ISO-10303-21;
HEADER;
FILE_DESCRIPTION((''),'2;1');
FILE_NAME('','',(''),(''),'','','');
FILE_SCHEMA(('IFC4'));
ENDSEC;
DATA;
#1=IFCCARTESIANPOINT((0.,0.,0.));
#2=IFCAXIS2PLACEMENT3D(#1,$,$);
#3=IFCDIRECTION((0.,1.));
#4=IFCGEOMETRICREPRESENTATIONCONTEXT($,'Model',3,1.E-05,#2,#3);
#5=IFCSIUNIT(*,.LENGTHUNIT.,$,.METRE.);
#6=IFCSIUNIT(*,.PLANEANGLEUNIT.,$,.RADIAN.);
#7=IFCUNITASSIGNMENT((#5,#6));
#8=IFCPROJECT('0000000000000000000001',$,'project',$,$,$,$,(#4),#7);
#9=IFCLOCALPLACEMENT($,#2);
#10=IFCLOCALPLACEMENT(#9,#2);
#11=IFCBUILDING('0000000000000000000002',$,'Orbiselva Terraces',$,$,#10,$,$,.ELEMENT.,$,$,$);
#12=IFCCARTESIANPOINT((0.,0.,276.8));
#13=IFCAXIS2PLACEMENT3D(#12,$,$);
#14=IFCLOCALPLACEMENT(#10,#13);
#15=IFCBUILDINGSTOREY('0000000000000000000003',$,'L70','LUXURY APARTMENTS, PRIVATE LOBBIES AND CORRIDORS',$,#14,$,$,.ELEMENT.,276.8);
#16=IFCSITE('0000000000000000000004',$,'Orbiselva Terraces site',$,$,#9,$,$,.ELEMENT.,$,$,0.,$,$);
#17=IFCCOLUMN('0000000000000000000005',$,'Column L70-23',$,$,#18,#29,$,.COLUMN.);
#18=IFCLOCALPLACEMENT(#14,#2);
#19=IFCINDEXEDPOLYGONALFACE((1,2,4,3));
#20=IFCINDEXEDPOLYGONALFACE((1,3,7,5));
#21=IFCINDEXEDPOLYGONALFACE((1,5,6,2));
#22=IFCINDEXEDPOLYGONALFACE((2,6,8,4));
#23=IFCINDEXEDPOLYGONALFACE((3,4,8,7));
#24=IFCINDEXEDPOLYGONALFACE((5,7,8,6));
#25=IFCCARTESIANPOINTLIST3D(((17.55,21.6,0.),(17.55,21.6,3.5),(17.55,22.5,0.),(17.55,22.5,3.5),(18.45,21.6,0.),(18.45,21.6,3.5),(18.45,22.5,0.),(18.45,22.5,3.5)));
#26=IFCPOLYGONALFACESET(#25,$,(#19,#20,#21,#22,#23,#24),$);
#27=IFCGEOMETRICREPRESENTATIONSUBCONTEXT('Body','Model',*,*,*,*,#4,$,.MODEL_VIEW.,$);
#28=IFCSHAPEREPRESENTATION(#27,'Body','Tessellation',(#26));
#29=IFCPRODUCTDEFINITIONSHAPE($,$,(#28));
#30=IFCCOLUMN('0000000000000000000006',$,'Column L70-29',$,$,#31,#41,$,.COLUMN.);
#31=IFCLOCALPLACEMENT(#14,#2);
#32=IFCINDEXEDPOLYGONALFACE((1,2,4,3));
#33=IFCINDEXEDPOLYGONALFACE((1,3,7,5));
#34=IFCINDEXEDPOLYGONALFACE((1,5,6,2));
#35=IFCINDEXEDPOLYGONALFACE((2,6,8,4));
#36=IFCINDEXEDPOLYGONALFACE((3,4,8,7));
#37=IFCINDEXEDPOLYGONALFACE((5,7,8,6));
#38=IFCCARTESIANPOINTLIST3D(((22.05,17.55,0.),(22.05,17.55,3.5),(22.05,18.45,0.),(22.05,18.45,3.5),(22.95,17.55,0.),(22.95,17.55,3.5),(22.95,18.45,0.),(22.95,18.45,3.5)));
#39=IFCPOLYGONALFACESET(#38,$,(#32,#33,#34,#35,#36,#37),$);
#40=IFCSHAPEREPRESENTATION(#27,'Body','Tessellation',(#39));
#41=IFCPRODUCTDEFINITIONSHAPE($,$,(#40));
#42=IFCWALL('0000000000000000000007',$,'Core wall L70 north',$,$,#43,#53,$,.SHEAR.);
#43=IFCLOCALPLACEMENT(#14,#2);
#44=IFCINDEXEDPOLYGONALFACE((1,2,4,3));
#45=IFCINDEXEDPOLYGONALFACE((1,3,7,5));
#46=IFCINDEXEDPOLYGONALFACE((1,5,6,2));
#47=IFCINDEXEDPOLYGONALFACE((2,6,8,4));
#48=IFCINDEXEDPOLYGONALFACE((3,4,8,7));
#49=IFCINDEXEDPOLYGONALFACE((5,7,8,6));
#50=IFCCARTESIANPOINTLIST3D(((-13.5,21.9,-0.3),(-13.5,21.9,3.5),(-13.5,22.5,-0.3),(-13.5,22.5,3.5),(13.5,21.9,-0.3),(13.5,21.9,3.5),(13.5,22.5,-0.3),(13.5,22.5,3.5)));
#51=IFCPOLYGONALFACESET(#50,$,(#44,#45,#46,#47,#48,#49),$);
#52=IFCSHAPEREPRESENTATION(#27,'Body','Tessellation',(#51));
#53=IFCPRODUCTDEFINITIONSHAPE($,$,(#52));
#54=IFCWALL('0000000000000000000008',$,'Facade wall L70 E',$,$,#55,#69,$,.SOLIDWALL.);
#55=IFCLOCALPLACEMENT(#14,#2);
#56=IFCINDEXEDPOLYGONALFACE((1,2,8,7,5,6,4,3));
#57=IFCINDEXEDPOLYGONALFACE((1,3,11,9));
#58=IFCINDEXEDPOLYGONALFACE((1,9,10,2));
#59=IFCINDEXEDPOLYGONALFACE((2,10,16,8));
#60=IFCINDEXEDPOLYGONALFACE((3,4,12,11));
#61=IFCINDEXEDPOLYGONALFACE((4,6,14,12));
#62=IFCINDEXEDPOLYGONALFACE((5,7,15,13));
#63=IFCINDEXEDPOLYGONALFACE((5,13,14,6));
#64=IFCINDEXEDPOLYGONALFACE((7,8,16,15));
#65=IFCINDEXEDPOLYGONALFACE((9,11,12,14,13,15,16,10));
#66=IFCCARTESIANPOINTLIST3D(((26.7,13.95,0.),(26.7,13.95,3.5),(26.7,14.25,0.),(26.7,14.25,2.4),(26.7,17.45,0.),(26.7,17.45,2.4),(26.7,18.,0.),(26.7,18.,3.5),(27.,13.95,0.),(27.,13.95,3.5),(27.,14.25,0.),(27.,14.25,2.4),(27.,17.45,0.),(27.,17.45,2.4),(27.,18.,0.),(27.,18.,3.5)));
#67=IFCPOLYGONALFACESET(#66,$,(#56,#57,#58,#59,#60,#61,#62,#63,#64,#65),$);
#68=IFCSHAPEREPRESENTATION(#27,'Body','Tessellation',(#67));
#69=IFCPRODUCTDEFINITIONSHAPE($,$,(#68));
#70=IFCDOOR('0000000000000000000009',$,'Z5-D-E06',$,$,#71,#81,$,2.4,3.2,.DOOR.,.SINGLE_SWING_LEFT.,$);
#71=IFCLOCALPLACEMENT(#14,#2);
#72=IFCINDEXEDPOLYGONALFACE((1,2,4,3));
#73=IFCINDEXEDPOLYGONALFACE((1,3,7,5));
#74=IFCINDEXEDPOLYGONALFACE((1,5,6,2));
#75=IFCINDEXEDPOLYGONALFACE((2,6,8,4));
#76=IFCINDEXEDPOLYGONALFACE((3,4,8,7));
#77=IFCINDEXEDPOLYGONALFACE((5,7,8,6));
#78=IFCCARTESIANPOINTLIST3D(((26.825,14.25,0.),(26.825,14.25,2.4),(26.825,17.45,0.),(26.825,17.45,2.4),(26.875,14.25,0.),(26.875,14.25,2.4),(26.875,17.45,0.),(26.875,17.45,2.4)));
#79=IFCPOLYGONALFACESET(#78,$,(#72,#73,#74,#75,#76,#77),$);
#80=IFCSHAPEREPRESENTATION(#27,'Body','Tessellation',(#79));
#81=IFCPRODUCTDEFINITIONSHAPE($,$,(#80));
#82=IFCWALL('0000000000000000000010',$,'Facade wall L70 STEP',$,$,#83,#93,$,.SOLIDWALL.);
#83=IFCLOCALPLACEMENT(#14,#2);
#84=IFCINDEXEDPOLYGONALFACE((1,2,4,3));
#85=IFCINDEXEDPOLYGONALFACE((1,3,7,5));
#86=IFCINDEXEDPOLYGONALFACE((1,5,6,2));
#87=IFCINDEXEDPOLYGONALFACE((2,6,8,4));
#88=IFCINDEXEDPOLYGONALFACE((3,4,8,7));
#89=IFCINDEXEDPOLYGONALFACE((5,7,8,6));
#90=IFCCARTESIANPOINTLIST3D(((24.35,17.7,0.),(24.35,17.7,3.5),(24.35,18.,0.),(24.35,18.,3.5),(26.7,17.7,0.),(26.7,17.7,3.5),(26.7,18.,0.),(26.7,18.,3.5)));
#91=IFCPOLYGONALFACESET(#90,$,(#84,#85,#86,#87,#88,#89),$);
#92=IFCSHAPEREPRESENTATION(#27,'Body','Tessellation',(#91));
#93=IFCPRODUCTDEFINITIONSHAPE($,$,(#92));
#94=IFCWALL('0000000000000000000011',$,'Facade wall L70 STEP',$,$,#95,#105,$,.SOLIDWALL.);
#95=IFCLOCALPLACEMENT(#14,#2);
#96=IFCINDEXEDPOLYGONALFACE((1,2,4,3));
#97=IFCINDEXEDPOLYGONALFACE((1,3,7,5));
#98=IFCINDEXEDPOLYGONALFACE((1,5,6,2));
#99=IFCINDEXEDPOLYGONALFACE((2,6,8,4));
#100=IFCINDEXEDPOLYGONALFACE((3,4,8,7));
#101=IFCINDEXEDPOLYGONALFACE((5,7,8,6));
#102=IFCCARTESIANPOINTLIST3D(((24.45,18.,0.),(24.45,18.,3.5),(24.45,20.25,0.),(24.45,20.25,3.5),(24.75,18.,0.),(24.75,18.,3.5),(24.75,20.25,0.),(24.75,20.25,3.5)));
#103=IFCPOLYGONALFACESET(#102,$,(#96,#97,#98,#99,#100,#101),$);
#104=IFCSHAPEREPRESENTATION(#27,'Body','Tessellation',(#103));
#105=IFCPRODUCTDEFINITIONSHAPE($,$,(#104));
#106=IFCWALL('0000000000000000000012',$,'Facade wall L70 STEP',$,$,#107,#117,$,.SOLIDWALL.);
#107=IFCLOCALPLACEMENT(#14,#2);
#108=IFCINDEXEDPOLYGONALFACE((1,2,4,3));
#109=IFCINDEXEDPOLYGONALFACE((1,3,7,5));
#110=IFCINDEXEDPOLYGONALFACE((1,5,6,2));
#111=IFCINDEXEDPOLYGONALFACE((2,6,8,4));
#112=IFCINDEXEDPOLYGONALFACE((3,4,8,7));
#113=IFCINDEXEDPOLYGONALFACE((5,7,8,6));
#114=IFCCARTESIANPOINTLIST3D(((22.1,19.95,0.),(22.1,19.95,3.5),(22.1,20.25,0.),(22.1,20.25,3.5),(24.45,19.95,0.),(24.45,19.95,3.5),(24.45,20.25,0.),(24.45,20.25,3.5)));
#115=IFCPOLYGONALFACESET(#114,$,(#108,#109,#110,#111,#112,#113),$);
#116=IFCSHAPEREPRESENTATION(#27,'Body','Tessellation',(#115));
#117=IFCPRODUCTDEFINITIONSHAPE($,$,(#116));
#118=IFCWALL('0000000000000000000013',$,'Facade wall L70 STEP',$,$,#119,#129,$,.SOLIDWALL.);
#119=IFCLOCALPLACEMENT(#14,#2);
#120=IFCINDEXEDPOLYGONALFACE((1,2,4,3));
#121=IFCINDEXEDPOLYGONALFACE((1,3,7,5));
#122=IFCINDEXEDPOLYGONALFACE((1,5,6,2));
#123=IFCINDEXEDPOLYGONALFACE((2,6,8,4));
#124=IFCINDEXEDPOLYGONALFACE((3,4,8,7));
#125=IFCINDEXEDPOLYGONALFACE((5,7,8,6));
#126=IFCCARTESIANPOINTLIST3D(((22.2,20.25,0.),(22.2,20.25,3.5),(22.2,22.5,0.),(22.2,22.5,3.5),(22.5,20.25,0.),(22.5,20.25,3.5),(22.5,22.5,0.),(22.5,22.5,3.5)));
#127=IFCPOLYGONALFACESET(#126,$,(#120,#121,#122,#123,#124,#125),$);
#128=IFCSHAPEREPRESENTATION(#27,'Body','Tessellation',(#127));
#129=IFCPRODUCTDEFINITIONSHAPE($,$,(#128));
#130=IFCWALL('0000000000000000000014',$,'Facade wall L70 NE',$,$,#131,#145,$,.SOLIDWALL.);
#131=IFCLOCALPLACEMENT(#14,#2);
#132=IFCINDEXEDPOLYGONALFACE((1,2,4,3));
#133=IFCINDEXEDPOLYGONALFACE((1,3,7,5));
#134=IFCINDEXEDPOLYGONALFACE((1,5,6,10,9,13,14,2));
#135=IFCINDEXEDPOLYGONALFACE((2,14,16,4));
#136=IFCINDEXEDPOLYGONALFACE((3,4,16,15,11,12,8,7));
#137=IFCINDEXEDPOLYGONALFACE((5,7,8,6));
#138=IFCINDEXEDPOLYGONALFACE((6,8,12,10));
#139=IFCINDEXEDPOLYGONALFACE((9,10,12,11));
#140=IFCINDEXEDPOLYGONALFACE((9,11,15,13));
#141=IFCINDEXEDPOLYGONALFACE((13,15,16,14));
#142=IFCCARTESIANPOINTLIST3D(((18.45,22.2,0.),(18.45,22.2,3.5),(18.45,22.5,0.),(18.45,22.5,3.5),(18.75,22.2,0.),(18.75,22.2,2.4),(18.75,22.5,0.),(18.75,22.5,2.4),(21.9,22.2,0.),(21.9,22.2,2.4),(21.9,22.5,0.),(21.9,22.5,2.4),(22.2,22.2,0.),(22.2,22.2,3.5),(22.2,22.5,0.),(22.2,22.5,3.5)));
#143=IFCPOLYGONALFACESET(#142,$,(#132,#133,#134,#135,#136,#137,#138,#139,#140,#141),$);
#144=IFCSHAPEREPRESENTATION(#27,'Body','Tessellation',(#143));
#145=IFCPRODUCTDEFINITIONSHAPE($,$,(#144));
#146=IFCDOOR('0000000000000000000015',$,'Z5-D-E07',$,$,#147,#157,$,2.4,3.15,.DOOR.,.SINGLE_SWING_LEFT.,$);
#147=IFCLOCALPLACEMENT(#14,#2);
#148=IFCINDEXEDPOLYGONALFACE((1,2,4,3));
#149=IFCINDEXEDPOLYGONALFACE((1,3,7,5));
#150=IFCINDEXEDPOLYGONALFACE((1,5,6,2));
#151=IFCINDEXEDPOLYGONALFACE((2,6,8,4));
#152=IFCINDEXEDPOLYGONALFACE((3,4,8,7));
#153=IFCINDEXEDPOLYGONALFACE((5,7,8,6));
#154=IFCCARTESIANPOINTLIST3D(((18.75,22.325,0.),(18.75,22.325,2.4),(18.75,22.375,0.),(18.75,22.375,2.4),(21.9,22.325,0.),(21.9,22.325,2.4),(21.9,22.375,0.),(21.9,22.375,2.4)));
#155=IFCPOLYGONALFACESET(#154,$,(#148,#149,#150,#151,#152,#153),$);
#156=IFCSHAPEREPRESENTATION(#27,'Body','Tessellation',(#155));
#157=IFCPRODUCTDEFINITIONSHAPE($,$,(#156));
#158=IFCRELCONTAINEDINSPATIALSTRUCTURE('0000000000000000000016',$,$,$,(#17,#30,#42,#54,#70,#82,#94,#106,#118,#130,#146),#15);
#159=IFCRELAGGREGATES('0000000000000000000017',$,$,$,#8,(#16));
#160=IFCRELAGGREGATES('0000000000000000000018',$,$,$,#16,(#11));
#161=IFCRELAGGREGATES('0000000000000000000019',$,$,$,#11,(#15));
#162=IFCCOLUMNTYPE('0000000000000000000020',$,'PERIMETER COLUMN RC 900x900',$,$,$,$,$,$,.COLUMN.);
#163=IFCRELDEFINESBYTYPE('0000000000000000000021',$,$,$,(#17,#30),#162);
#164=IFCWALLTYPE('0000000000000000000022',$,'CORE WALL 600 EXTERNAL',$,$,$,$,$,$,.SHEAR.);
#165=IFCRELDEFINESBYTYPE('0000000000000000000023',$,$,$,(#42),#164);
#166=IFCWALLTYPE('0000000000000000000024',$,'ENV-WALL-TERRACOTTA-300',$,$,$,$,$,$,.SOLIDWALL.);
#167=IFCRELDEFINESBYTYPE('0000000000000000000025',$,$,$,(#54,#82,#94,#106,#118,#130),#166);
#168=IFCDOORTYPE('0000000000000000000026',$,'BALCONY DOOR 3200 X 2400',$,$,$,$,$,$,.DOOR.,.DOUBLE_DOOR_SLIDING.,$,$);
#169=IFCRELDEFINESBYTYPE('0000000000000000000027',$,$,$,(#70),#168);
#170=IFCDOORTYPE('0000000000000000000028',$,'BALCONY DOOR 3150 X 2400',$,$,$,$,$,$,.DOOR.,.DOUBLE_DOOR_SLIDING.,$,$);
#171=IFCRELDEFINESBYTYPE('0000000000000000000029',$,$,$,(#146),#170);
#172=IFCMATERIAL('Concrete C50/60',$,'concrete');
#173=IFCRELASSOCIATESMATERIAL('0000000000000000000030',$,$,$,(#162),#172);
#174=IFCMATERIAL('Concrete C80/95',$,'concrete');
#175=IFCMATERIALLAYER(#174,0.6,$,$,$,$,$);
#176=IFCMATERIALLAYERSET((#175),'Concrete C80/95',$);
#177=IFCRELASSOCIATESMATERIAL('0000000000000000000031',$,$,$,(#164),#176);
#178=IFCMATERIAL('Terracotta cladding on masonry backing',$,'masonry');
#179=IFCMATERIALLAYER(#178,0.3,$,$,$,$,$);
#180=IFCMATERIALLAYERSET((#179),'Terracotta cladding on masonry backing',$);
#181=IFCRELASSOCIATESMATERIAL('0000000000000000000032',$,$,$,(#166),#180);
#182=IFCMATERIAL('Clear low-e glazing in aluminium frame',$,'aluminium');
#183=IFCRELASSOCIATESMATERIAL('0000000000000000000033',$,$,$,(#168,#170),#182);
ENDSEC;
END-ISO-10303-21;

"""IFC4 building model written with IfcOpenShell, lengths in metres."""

from ifc_helpers import new_model, si_unit, direction, frame, frame_2d, origin, origin_2d, place, context, subcontext, project, spatial, rectangle, extrude, material, layer, layer_set, material_profile, profile_set, type_object, element, fill, save


model = new_model("IFC4")

# Units and contexts
model_context = context("Model", 3, precision=1e-05, world=origin(), true_north=direction((0.0, 1.0)))
body_context = subcontext(model_context, "Body", "Model", "MODEL_VIEW")
ifc_project = project(units=[si_unit("LENGTHUNIT", "METRE"), si_unit("PLANEANGLEUNIT", "RADIAN")], contexts=[model_context])

# Site, building, storey
site_placement = place(None, origin())
site = spatial("IfcSite", under=ifc_project, at=site_placement, Name="Orbiselva Terraces site", CompositionType="ELEMENT", RefElevation=0.0)
building_placement = place(site_placement, origin())
building = spatial("IfcBuilding", under=site, at=building_placement, Name="Orbiselva Terraces", CompositionType="ELEMENT")
storey_placement = place(building_placement, frame((0.0, 0.0, 276.8)))
storey = spatial("IfcBuildingStorey", under=building, at=storey_placement, Name="L70", Description="LUXURY APARTMENTS, PRIVATE LOBBIES AND CORRIDORS", CompositionType="ELEMENT", Elevation=276.8)

# Columns
ifc_material_1 = material(Name="Concrete C50/60", Category="concrete")
ifc_material_profile = material_profile(ifc_material_1, rectangle(XDim=0.9, YDim=0.9, at=origin_2d()), Name="RC 900x900")
ifc_profile_set = profile_set([ifc_material_profile], Name="Concrete C50/60")
column_type = type_object("IfcColumnType", Name="PERIMETER COLUMN RC 900x900", PredefinedType="COLUMN", material=ifc_profile_set)
for number, where, z_axis, x_axis, name in (
    (1, (18.0, 22.05, 0.0), (0.0, 0.0, 1.0), (1.0, 0.0, 0.0), "Column L70-23"),
    (2, (22.5, 18.0, 0.0), (0.0, 0.0, 1.0), (1.0, 0.0, 0.0), "Column L70-29"),
):
    element("IfcColumn", number, at=place(storey_placement, frame(where, z_axis=z_axis, x_axis=x_axis)), inside=storey, type_object=column_type, Name=name, PredefinedType="COLUMN", context=body_context, shape_type="SweptSolid", body=[
        extrude(rectangle(XDim=0.9, YDim=0.9, at=origin_2d()), origin(), (0.0, 0.0, 1.0), 3.5),
    ])

# Wall
ifc_material_2 = material(Name="Concrete C80/95", Category="concrete")
ifc_layer_1 = layer(ifc_material_2, 0.6)
ifc_layer_set_1 = layer_set([ifc_layer_1], Name="Concrete C80/95")
wall_type_1 = type_object("IfcWallType", Name="CORE WALL 600 EXTERNAL", PredefinedType="SHEAR", material=ifc_layer_set_1)
wall_1_placement = place(storey_placement, frame((13.5, 22.2, -0.3), z_axis=(0.0, 0.0, 1.0), x_axis=(-1.0, 0.0, 0.0)))
element("IfcWall", 3, at=wall_1_placement, inside=storey, type_object=wall_type_1, Name="Core wall L70 north", PredefinedType="SHEAR", context=body_context, shape_type="SweptSolid", body=[
    extrude(rectangle(XDim=27.0, YDim=0.6, at=frame_2d((13.5, 0.0))), origin(), (0.0, 0.0, 1.0), 3.8),
])

# Wall, opening, door
ifc_material_3 = material(Name="Terracotta cladding on masonry backing", Category="masonry")
ifc_layer_2 = layer(ifc_material_3, 0.3)
ifc_layer_set_2 = layer_set([ifc_layer_2], Name="Terracotta cladding on masonry backing")
wall_type_2 = type_object("IfcWallType", Name="ENV-WALL-TERRACOTTA-300", PredefinedType="SOLIDWALL", material=ifc_layer_set_2)
wall_2_placement = place(storey_placement, frame((26.85, 18.0, 0.0), z_axis=(0.0, 0.0, 1.0), x_axis=(0.0, -1.0, 0.0)))
wall_2 = element("IfcWall", 4, at=wall_2_placement, inside=storey, type_object=wall_type_2, Name="Facade wall L70 E", PredefinedType="SOLIDWALL", context=body_context, shape_type="SweptSolid", body=[
    extrude(rectangle(XDim=4.05, YDim=0.3, at=frame_2d((2.025, 0.0))), origin(), (0.0, 0.0, 1.0), 3.5),
])
opening_1_placement = place(wall_2_placement, frame((0.55, 0.0, 0.0)))
opening_1 = element("IfcOpeningElement", 5, at=opening_1_placement, cuts=wall_2, PredefinedType="OPENING", context=body_context, shape_type="SweptSolid", body=[
    extrude(rectangle(XDim=3.2, YDim=2.4, at=frame_2d((1.6, 1.2))), frame((0.0, 0.16, 0.0), z_axis=(0.0, -1.0, 0.0), x_axis=(1.0, 0.0, 0.0)), (0.0, 0.0, 1.0), 0.32),
])
ifc_material_4 = material(Name="Clear low-e glazing in aluminium frame", Category="aluminium")
door_type_1 = type_object("IfcDoorType", Name="BALCONY DOOR 3200 X 2400", OperationType="DOUBLE_DOOR_SLIDING", PredefinedType="DOOR", material=ifc_material_4)
door_1_placement = place(opening_1_placement, origin())
door_1 = element("IfcDoor", 6, at=door_1_placement, inside=storey, type_object=door_type_1, Name="Z5-D-E06", OperationType="SINGLE_SWING_LEFT", OverallHeight=2.4, OverallWidth=3.2, PredefinedType="DOOR", context=body_context, shape_type="SweptSolid", body=[
    extrude(rectangle(XDim=3.2, YDim=2.4, at=frame_2d((1.6, 1.2))), frame((0.0, 0.025, 0.0), z_axis=(0.0, -1.0, 0.0), x_axis=(1.0, 0.0, 0.0)), (0.0, 0.0, 1.0), 0.05),
])
fill(opening_1, door_1)

# Walls
wall_3_placement = place(storey_placement, frame((24.35, 17.85, 0.0), z_axis=(0.0, 0.0, 1.0), x_axis=(1.0, 0.0, 0.0)))
element("IfcWall", 7, at=wall_3_placement, inside=storey, type_object=wall_type_2, Name="Facade wall L70 STEP", PredefinedType="SOLIDWALL", context=body_context, shape_type="SweptSolid", body=[
    extrude(rectangle(XDim=2.35, YDim=0.3, at=frame_2d((1.175, 0.0))), origin(), (0.0, 0.0, 1.0), 3.5),
])
wall_4_placement = place(storey_placement, frame((24.6, 20.25, 0.0), z_axis=(0.0, 0.0, 1.0), x_axis=(0.0, -1.0, 0.0)))
element("IfcWall", 8, at=wall_4_placement, inside=storey, type_object=wall_type_2, Name="Facade wall L70 STEP", PredefinedType="SOLIDWALL", context=body_context, shape_type="SweptSolid", body=[
    extrude(rectangle(XDim=2.25, YDim=0.3, at=frame_2d((1.125, 0.0))), origin(), (0.0, 0.0, 1.0), 3.5),
])
wall_5_placement = place(storey_placement, frame((22.1, 20.1, 0.0), z_axis=(0.0, 0.0, 1.0), x_axis=(1.0, 0.0, 0.0)))
element("IfcWall", 9, at=wall_5_placement, inside=storey, type_object=wall_type_2, Name="Facade wall L70 STEP", PredefinedType="SOLIDWALL", context=body_context, shape_type="SweptSolid", body=[
    extrude(rectangle(XDim=2.35, YDim=0.3, at=frame_2d((1.175, 0.0))), origin(), (0.0, 0.0, 1.0), 3.5),
])
wall_6_placement = place(storey_placement, frame((22.35, 22.5, 0.0), z_axis=(0.0, 0.0, 1.0), x_axis=(0.0, -1.0, 0.0)))
element("IfcWall", 10, at=wall_6_placement, inside=storey, type_object=wall_type_2, Name="Facade wall L70 STEP", PredefinedType="SOLIDWALL", context=body_context, shape_type="SweptSolid", body=[
    extrude(rectangle(XDim=2.25, YDim=0.3, at=frame_2d((1.125, 0.0))), origin(), (0.0, 0.0, 1.0), 3.5),
])

# Wall, opening, door
wall_7_placement = place(storey_placement, frame((18.45, 22.35, 0.0), z_axis=(0.0, 0.0, 1.0), x_axis=(1.0, 0.0, 0.0)))
wall_7 = element("IfcWall", 11, at=wall_7_placement, inside=storey, type_object=wall_type_2, Name="Facade wall L70 NE", PredefinedType="SOLIDWALL", context=body_context, shape_type="SweptSolid", body=[
    extrude(rectangle(XDim=3.75, YDim=0.3, at=frame_2d((1.875, 0.0))), origin(), (0.0, 0.0, 1.0), 3.5),
])
opening_2_placement = place(wall_7_placement, frame((0.3, 0.0, 0.0)))
opening_2 = element("IfcOpeningElement", 12, at=opening_2_placement, cuts=wall_7, PredefinedType="OPENING", context=body_context, shape_type="SweptSolid", body=[
    extrude(rectangle(XDim=3.15, YDim=2.4, at=frame_2d((1.575, 1.2))), frame((0.0, 0.16, 0.0), z_axis=(0.0, -1.0, 0.0), x_axis=(1.0, 0.0, 0.0)), (0.0, 0.0, 1.0), 0.32),
])
door_type_2 = type_object("IfcDoorType", Name="BALCONY DOOR 3150 X 2400", OperationType="DOUBLE_DOOR_SLIDING", PredefinedType="DOOR", material=ifc_material_4)
door_2_placement = place(opening_2_placement, origin())
door_2 = element("IfcDoor", 13, at=door_2_placement, inside=storey, type_object=door_type_2, Name="Z5-D-E07", OperationType="SINGLE_SWING_LEFT", OverallHeight=2.4, OverallWidth=3.15, PredefinedType="DOOR", context=body_context, shape_type="SweptSolid", body=[
    extrude(rectangle(XDim=3.15, YDim=2.4, at=frame_2d((1.575, 1.2))), frame((0.0, 0.025, 0.0), z_axis=(0.0, -1.0, 0.0), x_axis=(1.0, 0.0, 0.0)), (0.0, 0.0, 1.0), 0.05),
])
fill(opening_2, door_2)

save(model, "model.ifc")
